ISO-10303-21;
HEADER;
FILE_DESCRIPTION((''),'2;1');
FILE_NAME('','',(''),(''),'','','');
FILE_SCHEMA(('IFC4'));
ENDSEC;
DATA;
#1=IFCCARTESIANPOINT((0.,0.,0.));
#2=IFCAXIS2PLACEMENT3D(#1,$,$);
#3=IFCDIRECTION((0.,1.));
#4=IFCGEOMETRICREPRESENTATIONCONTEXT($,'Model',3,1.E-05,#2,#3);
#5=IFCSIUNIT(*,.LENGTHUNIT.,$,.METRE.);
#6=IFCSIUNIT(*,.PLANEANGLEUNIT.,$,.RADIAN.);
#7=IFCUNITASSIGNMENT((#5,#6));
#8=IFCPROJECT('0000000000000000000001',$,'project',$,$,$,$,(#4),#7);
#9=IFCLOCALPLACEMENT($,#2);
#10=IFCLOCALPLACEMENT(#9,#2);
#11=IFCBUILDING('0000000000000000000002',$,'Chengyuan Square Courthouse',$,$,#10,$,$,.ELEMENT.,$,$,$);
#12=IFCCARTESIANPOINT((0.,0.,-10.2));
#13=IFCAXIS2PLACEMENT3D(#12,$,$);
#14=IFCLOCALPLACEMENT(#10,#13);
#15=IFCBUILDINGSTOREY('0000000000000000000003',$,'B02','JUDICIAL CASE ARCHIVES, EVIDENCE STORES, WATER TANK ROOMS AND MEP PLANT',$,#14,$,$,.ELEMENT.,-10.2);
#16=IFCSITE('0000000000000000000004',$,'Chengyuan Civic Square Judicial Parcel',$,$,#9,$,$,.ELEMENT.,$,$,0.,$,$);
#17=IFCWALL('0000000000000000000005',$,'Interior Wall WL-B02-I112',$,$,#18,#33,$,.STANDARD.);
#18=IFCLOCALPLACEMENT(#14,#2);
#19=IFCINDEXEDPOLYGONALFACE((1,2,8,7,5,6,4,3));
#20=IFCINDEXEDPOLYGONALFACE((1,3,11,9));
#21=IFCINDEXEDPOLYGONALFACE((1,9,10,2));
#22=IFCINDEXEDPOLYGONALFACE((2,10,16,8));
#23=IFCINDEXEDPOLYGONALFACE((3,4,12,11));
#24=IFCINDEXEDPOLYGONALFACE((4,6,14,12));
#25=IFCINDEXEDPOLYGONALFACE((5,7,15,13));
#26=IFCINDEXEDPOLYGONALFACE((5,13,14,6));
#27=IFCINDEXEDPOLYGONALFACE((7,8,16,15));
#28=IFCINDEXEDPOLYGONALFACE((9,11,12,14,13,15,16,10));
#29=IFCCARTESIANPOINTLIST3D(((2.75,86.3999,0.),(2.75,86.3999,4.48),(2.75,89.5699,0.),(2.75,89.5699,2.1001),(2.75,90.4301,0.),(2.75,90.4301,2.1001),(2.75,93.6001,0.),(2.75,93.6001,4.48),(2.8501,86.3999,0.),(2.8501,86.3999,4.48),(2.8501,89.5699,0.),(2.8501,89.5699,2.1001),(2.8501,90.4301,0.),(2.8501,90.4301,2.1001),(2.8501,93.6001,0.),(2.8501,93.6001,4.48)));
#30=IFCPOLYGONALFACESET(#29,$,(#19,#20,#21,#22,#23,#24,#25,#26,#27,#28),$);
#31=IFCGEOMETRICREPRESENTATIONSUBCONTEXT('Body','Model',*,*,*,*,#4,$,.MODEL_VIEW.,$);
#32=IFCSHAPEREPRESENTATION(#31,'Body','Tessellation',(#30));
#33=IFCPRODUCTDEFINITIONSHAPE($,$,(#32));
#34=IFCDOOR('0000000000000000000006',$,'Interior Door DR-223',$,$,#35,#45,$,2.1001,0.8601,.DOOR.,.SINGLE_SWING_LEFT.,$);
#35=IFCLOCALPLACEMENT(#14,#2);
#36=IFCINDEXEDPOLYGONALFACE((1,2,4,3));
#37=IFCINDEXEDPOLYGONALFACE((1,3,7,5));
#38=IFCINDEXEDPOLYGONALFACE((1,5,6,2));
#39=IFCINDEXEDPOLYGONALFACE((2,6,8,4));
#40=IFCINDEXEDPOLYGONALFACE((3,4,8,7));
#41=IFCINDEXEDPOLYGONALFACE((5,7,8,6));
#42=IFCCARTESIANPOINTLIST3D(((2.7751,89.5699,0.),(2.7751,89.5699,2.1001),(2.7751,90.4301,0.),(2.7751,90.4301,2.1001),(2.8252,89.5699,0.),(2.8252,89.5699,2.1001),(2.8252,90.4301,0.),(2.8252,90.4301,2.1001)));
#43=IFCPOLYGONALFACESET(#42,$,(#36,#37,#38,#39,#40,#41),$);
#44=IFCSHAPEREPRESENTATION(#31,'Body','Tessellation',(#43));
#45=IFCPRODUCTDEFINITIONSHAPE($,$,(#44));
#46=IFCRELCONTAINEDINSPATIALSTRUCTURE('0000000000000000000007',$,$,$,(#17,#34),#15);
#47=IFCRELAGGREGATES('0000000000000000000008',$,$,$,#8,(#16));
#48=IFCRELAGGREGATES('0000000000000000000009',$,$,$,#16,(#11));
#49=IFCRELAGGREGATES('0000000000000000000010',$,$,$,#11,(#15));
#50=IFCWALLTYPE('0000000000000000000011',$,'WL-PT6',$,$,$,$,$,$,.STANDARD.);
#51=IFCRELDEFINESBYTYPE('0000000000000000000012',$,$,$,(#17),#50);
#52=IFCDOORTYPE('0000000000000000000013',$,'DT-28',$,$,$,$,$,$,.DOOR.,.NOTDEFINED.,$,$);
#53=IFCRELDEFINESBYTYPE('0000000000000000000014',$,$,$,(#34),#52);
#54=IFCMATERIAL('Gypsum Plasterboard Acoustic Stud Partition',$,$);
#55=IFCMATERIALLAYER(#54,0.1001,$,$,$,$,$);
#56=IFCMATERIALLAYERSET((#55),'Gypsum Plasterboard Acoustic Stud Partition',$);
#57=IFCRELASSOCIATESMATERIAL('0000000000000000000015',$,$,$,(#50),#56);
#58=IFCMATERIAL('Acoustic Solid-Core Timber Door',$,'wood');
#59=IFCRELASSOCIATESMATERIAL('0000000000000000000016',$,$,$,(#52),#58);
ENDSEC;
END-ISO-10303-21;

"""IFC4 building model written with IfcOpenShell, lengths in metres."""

from ifc_helpers import new_model, si_unit, direction, frame, frame_2d, origin, place, context, subcontext, project, spatial, rectangle, extrude, material, layer, layer_set, type_object, element, fill, save


model = new_model("IFC4")

# Units and contexts
model_context = context("Model", 3, precision=1e-05, world=origin(), true_north=direction((0.0, 1.0)))
body_context = subcontext(model_context, "Body", "Model", "MODEL_VIEW")
ifc_project = project(units=[si_unit("LENGTHUNIT", "METRE"), si_unit("PLANEANGLEUNIT", "RADIAN")], contexts=[model_context])

# Site, building, storey
site_placement = place(None, origin())
site = spatial("IfcSite", under=ifc_project, at=site_placement, Name="Chengyuan Civic Square Judicial Parcel", CompositionType="ELEMENT", RefElevation=0.0)
building_placement = place(site_placement, origin())
building = spatial("IfcBuilding", under=site, at=building_placement, Name="Chengyuan Square Courthouse", CompositionType="ELEMENT")
storey_placement = place(building_placement, frame((0.0, 0.0, -10.2)))
storey = spatial("IfcBuildingStorey", under=building, at=storey_placement, Name="B02", Description="JUDICIAL CASE ARCHIVES, EVIDENCE STORES, WATER TANK ROOMS AND MEP PLANT", CompositionType="ELEMENT", Elevation=-10.2)

# Shared definitions
ifc_material_1 = material(Name="Gypsum Plasterboard Acoustic Stud Partition")
ifc_layer_1 = layer(ifc_material_1, 0.1001)
ifc_layer_set_1 = layer_set([ifc_layer_1], Name="Gypsum Plasterboard Acoustic Stud Partition")
wall_type_1 = type_object("IfcWallType", Name="WL-PT6", PredefinedType="STANDARD", material=ifc_layer_set_1)
ifc_material_2 = material(Name="Acoustic Solid-Core Timber Door", Category="wood")

# Wall, opening, door
wall_1_placement = place(storey_placement, frame((2.8, 86.3999, 0.0), z_axis=(0.0, 0.0, 1.0), x_axis=(0.0, 1.0, 0.0)))
wall_1 = element("IfcWall", 1, at=wall_1_placement, inside=storey, type_object=wall_type_1, Name="Interior Wall WL-B02-I112", PredefinedType="STANDARD", context=body_context, shape_type="SweptSolid", body=[
    extrude(rectangle(XDim=7.2002, YDim=0.1001, at=frame_2d((3.6001, 0.0))), origin(), (0.0, 0.0, 1.0), 4.48),
])
opening_1_placement = place(wall_1_placement, frame((3.1699, 0.0, 0.0)))
opening_1 = element("IfcOpeningElement", 2, at=opening_1_placement, cuts=wall_1, PredefinedType="OPENING", context=body_context, shape_type="SweptSolid", body=[
    extrude(rectangle(XDim=0.8601, YDim=2.1001, at=frame_2d((0.4302, 1.05))), frame((0.0, 0.062, 0.0), z_axis=(0.0, -1.0, 0.0), x_axis=(1.0, 0.0, 0.0)), (0.0, 0.0, 1.0), 0.124),
])
door_type_1 = type_object("IfcDoorType", Name="DT-28", OperationType="NOTDEFINED", PredefinedType="DOOR", material=ifc_material_2)
door_1_placement = place(opening_1_placement, origin())
door_1 = element("IfcDoor", 3, at=door_1_placement, inside=storey, type_object=door_type_1, Name="Interior Door DR-223", OperationType="SINGLE_SWING_LEFT", OverallHeight=2.1001, OverallWidth=0.8601, PredefinedType="DOOR", context=body_context, shape_type="SweptSolid", body=[
    extrude(rectangle(XDim=0.8601, YDim=2.1001, at=frame_2d((0.4302, 1.05))), frame((0.0, 0.0249, 0.0), z_axis=(0.0, -1.0, 0.0), x_axis=(1.0, 0.0, 0.0)), (0.0, 0.0, 1.0), 0.05),
])
fill(opening_1, door_1)

save(model, "model.ifc")
